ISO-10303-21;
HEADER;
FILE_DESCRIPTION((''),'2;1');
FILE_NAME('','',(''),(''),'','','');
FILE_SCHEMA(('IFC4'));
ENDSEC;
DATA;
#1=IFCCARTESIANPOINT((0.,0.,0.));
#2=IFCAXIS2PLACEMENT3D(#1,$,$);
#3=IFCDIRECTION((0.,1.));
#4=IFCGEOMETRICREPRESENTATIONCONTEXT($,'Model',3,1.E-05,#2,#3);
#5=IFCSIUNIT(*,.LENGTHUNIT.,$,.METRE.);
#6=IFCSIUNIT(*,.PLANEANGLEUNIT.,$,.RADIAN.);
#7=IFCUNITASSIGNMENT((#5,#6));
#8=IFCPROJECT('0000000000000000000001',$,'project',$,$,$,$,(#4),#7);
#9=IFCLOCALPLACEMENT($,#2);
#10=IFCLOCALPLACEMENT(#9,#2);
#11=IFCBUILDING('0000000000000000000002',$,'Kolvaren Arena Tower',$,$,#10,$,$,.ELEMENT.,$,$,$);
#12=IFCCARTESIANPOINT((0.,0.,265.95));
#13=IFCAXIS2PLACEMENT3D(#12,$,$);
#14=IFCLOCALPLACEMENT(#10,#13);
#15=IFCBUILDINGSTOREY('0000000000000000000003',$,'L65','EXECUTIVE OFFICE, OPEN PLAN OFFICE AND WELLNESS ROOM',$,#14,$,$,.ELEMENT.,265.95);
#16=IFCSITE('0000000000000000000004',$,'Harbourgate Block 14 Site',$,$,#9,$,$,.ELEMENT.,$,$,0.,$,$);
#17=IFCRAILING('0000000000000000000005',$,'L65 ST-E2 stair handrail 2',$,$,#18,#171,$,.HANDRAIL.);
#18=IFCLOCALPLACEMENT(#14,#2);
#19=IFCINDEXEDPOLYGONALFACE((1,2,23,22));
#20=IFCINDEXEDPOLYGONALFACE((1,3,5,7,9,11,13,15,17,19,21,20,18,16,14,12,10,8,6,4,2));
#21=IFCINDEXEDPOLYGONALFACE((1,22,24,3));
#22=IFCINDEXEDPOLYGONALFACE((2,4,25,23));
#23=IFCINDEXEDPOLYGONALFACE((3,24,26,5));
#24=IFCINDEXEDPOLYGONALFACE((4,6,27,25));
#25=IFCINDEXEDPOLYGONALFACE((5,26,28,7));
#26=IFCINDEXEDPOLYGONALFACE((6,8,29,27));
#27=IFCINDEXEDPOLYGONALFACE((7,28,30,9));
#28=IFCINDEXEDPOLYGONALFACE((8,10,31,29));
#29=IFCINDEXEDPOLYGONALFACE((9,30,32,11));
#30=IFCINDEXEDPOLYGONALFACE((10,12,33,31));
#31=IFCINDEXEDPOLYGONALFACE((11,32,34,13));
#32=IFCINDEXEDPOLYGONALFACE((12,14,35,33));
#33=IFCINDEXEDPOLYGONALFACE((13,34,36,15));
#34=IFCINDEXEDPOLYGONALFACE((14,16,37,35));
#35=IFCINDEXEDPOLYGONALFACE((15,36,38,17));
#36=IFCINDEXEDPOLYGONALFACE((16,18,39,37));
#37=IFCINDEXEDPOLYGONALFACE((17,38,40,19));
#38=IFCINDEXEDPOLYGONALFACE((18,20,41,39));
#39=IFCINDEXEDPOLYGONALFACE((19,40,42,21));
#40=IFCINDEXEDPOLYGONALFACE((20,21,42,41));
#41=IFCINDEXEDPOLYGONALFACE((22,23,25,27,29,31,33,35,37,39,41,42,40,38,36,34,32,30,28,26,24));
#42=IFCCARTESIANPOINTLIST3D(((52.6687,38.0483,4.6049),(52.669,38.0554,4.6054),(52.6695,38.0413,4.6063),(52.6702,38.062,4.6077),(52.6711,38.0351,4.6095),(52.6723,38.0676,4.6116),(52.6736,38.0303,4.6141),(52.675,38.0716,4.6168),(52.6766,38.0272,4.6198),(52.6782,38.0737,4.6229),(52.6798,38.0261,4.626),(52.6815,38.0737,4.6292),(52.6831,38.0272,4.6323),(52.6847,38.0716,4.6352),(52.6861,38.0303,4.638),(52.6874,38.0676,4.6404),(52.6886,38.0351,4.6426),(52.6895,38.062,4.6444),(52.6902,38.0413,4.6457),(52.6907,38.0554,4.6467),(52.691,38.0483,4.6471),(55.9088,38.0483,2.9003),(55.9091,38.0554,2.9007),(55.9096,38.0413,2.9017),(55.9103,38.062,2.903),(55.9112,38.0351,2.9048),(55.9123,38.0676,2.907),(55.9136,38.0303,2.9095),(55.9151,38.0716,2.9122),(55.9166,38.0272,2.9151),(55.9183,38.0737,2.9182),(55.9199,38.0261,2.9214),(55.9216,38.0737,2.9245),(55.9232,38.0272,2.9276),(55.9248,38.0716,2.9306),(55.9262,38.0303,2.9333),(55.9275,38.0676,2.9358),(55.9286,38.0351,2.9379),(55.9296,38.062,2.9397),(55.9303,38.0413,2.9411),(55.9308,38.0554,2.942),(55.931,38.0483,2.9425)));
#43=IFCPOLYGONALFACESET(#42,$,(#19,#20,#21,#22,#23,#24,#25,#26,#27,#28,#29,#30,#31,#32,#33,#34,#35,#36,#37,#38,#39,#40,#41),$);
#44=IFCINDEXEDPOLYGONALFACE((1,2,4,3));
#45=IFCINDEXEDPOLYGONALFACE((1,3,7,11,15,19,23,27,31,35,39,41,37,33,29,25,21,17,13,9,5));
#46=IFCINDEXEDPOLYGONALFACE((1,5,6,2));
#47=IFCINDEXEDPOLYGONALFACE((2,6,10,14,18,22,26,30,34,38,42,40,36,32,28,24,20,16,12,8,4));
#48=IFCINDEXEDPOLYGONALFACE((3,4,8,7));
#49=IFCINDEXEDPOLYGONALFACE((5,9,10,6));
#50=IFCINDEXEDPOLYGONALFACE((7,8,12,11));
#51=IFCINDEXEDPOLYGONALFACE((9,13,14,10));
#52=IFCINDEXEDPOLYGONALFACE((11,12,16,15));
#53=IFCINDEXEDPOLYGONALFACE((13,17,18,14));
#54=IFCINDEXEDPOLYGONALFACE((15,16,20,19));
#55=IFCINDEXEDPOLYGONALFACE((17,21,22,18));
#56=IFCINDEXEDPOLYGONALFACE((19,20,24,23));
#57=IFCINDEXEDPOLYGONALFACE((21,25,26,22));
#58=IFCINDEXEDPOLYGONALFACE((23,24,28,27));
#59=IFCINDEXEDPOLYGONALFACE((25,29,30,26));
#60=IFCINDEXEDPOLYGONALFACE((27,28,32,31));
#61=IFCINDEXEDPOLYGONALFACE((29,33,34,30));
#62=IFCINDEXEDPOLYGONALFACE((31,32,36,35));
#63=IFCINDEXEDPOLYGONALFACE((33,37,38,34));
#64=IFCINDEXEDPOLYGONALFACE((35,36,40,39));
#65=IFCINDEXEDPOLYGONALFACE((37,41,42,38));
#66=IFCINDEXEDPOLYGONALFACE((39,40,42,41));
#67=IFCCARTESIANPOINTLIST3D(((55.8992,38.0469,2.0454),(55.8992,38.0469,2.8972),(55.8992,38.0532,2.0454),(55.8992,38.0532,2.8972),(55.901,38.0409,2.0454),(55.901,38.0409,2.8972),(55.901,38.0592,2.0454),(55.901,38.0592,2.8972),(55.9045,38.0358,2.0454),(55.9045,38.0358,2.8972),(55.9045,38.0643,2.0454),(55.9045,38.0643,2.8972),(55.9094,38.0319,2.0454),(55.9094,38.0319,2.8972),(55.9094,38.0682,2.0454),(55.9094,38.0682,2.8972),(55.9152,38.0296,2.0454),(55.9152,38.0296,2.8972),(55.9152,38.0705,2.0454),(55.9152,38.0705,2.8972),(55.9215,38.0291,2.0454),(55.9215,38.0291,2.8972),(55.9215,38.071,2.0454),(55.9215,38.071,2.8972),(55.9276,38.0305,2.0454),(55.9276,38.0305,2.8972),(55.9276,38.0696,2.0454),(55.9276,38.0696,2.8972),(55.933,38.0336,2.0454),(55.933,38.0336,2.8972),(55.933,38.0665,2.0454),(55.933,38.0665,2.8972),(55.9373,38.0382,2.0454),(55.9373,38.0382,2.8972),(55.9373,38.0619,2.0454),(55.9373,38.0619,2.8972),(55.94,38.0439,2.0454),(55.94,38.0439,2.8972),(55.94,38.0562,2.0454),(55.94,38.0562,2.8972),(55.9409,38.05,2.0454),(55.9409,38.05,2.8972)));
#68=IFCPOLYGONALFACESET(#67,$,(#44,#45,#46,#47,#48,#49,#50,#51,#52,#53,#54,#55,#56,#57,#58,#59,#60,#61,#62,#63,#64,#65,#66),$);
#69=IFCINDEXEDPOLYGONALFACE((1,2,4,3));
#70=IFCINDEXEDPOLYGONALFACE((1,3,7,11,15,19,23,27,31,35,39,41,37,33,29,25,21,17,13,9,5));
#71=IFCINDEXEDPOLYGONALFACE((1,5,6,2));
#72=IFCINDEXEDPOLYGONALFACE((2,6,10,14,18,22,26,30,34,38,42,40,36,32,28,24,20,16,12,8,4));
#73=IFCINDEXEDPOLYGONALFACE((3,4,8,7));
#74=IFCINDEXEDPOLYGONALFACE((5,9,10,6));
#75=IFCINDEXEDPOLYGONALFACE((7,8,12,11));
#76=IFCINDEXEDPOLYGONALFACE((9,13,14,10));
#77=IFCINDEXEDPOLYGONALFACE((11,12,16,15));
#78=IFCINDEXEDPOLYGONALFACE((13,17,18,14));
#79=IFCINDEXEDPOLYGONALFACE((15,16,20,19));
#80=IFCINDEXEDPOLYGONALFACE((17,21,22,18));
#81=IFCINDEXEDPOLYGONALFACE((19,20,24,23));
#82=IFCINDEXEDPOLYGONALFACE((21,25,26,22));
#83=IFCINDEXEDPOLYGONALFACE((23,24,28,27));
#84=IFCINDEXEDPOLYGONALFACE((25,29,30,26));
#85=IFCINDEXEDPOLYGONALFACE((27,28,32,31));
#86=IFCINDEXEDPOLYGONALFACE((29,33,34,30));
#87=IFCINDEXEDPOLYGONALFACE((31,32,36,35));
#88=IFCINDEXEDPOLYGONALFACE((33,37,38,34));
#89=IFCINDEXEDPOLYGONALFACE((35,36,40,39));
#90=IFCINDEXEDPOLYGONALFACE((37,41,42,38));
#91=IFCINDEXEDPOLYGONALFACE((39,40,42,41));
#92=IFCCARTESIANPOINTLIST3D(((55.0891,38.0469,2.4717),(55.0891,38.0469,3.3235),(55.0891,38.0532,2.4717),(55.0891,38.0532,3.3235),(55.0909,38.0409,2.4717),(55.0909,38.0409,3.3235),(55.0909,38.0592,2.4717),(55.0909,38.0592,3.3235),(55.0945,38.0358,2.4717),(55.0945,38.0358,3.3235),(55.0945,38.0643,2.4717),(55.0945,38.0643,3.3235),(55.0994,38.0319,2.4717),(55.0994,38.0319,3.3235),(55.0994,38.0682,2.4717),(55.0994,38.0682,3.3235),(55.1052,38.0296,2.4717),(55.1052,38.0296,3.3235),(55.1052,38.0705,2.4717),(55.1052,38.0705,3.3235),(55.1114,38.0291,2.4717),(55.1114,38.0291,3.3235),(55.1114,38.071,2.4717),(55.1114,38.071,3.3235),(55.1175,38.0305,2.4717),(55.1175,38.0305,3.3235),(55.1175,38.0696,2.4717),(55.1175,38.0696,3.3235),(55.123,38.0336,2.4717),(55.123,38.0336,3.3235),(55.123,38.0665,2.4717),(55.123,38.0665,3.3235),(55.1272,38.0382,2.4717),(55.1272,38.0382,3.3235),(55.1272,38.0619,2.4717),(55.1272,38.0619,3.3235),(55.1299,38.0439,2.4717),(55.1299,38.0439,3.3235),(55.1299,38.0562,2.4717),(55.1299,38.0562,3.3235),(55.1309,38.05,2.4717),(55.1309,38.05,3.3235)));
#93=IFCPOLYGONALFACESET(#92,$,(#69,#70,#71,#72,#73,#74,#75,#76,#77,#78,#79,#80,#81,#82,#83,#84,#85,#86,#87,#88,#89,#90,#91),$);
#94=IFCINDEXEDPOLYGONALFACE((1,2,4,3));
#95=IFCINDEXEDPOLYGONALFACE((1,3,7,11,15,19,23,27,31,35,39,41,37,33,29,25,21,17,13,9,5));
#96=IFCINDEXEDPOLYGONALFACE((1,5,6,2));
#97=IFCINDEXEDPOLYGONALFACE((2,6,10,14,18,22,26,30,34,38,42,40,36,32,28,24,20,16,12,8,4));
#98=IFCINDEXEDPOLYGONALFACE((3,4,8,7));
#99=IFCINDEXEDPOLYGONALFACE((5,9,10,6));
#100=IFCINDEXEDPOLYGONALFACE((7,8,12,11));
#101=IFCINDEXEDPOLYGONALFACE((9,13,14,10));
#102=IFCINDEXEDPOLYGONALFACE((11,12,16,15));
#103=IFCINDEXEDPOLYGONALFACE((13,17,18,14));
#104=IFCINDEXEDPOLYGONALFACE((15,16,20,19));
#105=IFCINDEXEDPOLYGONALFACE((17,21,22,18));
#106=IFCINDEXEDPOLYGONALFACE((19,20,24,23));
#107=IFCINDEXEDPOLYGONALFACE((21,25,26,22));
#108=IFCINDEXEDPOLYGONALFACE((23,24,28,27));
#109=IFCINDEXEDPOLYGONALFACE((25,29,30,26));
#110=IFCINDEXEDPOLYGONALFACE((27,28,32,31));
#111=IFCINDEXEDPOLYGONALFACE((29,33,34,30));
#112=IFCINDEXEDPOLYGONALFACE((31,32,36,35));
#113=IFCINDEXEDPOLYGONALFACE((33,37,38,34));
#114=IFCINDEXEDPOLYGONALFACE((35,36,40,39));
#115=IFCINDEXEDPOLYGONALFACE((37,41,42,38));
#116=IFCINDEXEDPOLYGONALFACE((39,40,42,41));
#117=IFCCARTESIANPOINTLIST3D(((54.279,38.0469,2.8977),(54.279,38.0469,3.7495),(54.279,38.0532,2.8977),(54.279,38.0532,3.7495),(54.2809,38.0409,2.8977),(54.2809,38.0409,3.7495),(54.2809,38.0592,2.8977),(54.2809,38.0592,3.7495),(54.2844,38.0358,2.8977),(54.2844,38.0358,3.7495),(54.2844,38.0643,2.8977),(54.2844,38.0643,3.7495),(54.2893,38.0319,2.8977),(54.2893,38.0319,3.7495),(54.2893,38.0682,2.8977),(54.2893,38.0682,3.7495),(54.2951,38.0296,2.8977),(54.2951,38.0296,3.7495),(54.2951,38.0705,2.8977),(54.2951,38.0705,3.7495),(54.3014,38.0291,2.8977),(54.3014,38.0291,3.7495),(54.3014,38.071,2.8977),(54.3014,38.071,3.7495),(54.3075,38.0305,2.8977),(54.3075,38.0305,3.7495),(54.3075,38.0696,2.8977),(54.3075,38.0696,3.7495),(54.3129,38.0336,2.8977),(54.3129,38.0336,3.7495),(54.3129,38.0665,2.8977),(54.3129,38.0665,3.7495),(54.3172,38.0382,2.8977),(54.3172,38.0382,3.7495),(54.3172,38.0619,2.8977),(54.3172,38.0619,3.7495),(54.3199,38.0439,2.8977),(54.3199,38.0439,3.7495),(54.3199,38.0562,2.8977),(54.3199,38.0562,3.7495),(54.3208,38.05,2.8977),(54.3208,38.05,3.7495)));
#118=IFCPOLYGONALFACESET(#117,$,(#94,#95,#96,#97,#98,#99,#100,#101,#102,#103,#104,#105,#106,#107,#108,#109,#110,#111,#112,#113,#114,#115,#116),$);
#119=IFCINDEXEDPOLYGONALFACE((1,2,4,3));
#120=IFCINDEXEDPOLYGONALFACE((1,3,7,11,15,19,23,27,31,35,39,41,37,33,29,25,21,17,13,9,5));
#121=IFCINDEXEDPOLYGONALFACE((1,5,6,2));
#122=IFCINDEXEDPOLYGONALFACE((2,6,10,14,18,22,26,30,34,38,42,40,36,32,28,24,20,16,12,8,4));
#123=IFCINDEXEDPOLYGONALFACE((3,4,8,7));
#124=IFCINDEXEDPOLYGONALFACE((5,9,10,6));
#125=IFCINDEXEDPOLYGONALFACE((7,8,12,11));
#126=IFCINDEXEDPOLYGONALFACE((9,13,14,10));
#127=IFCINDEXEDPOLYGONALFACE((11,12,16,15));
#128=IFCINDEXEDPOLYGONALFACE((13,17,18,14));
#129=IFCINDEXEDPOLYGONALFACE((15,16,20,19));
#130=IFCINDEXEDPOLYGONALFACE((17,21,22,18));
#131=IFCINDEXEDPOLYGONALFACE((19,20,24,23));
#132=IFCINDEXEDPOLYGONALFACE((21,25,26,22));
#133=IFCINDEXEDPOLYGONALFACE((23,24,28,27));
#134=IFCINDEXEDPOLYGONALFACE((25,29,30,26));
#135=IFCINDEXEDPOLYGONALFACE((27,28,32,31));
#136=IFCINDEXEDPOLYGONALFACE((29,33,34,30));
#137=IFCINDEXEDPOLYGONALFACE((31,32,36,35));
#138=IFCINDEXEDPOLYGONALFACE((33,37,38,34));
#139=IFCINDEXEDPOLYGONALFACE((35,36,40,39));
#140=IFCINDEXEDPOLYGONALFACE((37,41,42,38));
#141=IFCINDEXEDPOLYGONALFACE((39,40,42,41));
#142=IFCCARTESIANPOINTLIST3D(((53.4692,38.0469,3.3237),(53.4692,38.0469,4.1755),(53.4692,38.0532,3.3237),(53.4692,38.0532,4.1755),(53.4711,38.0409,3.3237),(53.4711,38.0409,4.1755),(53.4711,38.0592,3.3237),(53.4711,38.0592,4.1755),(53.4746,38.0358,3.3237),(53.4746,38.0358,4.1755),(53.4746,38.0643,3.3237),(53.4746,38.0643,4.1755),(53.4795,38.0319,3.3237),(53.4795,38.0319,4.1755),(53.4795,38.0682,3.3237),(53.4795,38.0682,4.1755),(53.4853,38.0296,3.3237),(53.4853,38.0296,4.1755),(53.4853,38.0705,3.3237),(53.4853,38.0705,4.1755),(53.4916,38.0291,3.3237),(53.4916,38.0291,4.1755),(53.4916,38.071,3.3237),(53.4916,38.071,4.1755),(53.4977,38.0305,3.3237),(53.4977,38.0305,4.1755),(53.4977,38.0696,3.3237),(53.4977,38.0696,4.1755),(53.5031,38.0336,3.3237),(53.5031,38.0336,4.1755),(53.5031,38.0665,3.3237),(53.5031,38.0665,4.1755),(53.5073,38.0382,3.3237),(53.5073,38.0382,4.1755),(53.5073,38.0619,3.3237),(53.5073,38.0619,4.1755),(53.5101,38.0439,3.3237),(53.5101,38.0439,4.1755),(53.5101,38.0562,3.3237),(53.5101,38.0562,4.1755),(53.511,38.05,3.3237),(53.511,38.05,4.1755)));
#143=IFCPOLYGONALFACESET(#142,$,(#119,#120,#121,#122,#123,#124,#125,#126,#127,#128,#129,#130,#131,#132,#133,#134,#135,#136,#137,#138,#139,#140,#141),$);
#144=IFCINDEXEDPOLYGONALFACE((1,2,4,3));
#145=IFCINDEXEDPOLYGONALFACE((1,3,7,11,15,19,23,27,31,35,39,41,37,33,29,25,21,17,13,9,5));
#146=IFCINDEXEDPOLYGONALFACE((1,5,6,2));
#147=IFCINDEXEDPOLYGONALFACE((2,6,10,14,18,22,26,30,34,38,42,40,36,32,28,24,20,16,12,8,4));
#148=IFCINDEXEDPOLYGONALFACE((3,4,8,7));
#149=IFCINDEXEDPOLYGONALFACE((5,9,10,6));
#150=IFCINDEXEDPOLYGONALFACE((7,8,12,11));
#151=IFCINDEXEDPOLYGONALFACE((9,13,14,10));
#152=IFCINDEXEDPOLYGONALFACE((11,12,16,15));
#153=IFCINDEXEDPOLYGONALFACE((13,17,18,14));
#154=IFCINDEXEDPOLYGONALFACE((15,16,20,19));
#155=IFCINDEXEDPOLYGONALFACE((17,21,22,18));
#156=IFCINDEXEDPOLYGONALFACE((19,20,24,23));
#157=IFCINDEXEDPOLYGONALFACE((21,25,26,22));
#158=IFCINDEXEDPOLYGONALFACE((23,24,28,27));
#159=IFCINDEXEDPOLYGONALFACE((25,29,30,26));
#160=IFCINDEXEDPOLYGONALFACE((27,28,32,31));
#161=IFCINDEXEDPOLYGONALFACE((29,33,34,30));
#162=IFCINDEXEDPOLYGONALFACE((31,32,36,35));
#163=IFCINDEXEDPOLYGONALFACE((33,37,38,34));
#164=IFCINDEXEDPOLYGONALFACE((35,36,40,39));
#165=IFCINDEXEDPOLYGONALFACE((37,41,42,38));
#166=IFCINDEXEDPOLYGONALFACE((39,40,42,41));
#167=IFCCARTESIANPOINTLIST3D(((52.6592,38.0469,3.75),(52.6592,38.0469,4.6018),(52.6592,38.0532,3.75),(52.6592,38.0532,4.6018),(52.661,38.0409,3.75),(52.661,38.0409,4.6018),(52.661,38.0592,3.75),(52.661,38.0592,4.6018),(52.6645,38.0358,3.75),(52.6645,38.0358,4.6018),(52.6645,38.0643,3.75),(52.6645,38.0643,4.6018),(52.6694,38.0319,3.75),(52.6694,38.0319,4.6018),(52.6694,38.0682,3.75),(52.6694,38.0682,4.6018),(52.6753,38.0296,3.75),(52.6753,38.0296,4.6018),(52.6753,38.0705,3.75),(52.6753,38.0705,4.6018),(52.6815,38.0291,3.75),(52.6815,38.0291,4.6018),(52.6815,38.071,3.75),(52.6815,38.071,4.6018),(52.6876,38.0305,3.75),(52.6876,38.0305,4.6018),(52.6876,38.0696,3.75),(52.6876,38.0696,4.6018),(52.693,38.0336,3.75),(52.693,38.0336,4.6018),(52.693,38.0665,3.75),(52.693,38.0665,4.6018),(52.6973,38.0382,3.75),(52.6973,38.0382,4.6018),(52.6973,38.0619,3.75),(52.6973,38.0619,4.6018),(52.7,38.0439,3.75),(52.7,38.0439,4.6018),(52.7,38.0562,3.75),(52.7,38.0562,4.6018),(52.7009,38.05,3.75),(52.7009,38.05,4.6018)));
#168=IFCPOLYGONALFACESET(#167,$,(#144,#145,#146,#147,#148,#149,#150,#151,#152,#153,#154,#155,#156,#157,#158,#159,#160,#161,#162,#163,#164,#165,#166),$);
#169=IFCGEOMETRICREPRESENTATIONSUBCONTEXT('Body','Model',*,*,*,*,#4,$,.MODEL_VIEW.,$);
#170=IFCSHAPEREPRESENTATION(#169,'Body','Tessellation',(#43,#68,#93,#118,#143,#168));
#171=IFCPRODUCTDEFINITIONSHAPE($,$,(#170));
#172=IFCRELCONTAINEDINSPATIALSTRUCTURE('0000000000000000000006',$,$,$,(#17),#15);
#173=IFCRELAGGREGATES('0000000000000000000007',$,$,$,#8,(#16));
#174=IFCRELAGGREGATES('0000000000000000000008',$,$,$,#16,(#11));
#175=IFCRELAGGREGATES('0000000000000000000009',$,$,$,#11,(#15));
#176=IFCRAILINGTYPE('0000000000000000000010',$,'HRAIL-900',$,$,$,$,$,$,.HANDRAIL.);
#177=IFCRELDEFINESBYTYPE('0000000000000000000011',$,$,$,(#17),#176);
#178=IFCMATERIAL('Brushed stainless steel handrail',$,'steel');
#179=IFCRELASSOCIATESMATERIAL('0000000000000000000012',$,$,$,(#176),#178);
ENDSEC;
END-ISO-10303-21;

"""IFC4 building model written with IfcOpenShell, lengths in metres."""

from ifc_helpers import new_model, si_unit, direction, frame, origin, origin_2d, place, context, subcontext, project, spatial, circle, extrude, material, type_object, element, save


model = new_model("IFC4")

# Units and contexts
model_context = context("Model", 3, precision=1e-05, world=origin(), true_north=direction((0.0, 1.0)))
body_context = subcontext(model_context, "Body", "Model", "MODEL_VIEW")
ifc_project = project(units=[si_unit("LENGTHUNIT", "METRE"), si_unit("PLANEANGLEUNIT", "RADIAN")], contexts=[model_context])

# Site, building, storey
site_placement = place(None, origin())
site = spatial("IfcSite", under=ifc_project, at=site_placement, Name="Harbourgate Block 14 Site", CompositionType="ELEMENT", RefElevation=0.0)
building_placement = place(site_placement, origin())
building = spatial("IfcBuilding", under=site, at=building_placement, Name="Kolvaren Arena Tower", CompositionType="ELEMENT")
storey_placement = place(building_placement, frame((0.0, 0.0, 265.95)))
storey = spatial("IfcBuildingStorey", under=building, at=storey_placement, Name="L65", Description="EXECUTIVE OFFICE, OPEN PLAN OFFICE AND WELLNESS ROOM", CompositionType="ELEMENT", Elevation=265.95)

# Railing
ifc_material_1 = material(Name="Brushed stainless steel handrail", Category="steel")
railing_type_1 = type_object("IfcRailingType", Name="HRAIL-900", PredefinedType="HANDRAIL", material=ifc_material_1)
for number, where, name in (
    (1, (55.9199, 38.05, 2.0454), "L65 ST-E2 stair handrail 2"),
):
    element("IfcRailing", number, at=place(storey_placement, frame(where)), inside=storey, type_object=railing_type_1, Name=name, PredefinedType="HANDRAIL", context=body_context, shape_type="SweptSolid", body=[
        extrude(circle(Radius=0.0239, at=origin_2d()), frame((0.0, 0.0, 0.876), z_axis=(-0.884993, 0.0, 0.465604), x_axis=(0.0, -1.0, 0.0)), (0.0, 0.0, 1.0), 3.6611),
        extrude(circle(Radius=0.021, at=origin_2d()), origin(), (0.0, 0.0, 1.0), 0.8518),
        extrude(circle(Radius=0.021, at=origin_2d()), frame((-0.8101, 0.0, 0.4263)), (0.0, 0.0, 1.0), 0.8518),
        extrude(circle(Radius=0.021, at=origin_2d()), frame((-1.6201, 0.0, 0.8523)), (0.0, 0.0, 1.0), 0.8518),
        extrude(circle(Radius=0.021, at=origin_2d()), frame((-2.4299, 0.0, 1.2783)), (0.0, 0.0, 1.0), 0.8518),
        extrude(circle(Radius=0.021, at=origin_2d()), frame((-3.24, 0.0, 1.7046)), (0.0, 0.0, 1.0), 0.8518),
    ])

save(model, "model.ifc")
